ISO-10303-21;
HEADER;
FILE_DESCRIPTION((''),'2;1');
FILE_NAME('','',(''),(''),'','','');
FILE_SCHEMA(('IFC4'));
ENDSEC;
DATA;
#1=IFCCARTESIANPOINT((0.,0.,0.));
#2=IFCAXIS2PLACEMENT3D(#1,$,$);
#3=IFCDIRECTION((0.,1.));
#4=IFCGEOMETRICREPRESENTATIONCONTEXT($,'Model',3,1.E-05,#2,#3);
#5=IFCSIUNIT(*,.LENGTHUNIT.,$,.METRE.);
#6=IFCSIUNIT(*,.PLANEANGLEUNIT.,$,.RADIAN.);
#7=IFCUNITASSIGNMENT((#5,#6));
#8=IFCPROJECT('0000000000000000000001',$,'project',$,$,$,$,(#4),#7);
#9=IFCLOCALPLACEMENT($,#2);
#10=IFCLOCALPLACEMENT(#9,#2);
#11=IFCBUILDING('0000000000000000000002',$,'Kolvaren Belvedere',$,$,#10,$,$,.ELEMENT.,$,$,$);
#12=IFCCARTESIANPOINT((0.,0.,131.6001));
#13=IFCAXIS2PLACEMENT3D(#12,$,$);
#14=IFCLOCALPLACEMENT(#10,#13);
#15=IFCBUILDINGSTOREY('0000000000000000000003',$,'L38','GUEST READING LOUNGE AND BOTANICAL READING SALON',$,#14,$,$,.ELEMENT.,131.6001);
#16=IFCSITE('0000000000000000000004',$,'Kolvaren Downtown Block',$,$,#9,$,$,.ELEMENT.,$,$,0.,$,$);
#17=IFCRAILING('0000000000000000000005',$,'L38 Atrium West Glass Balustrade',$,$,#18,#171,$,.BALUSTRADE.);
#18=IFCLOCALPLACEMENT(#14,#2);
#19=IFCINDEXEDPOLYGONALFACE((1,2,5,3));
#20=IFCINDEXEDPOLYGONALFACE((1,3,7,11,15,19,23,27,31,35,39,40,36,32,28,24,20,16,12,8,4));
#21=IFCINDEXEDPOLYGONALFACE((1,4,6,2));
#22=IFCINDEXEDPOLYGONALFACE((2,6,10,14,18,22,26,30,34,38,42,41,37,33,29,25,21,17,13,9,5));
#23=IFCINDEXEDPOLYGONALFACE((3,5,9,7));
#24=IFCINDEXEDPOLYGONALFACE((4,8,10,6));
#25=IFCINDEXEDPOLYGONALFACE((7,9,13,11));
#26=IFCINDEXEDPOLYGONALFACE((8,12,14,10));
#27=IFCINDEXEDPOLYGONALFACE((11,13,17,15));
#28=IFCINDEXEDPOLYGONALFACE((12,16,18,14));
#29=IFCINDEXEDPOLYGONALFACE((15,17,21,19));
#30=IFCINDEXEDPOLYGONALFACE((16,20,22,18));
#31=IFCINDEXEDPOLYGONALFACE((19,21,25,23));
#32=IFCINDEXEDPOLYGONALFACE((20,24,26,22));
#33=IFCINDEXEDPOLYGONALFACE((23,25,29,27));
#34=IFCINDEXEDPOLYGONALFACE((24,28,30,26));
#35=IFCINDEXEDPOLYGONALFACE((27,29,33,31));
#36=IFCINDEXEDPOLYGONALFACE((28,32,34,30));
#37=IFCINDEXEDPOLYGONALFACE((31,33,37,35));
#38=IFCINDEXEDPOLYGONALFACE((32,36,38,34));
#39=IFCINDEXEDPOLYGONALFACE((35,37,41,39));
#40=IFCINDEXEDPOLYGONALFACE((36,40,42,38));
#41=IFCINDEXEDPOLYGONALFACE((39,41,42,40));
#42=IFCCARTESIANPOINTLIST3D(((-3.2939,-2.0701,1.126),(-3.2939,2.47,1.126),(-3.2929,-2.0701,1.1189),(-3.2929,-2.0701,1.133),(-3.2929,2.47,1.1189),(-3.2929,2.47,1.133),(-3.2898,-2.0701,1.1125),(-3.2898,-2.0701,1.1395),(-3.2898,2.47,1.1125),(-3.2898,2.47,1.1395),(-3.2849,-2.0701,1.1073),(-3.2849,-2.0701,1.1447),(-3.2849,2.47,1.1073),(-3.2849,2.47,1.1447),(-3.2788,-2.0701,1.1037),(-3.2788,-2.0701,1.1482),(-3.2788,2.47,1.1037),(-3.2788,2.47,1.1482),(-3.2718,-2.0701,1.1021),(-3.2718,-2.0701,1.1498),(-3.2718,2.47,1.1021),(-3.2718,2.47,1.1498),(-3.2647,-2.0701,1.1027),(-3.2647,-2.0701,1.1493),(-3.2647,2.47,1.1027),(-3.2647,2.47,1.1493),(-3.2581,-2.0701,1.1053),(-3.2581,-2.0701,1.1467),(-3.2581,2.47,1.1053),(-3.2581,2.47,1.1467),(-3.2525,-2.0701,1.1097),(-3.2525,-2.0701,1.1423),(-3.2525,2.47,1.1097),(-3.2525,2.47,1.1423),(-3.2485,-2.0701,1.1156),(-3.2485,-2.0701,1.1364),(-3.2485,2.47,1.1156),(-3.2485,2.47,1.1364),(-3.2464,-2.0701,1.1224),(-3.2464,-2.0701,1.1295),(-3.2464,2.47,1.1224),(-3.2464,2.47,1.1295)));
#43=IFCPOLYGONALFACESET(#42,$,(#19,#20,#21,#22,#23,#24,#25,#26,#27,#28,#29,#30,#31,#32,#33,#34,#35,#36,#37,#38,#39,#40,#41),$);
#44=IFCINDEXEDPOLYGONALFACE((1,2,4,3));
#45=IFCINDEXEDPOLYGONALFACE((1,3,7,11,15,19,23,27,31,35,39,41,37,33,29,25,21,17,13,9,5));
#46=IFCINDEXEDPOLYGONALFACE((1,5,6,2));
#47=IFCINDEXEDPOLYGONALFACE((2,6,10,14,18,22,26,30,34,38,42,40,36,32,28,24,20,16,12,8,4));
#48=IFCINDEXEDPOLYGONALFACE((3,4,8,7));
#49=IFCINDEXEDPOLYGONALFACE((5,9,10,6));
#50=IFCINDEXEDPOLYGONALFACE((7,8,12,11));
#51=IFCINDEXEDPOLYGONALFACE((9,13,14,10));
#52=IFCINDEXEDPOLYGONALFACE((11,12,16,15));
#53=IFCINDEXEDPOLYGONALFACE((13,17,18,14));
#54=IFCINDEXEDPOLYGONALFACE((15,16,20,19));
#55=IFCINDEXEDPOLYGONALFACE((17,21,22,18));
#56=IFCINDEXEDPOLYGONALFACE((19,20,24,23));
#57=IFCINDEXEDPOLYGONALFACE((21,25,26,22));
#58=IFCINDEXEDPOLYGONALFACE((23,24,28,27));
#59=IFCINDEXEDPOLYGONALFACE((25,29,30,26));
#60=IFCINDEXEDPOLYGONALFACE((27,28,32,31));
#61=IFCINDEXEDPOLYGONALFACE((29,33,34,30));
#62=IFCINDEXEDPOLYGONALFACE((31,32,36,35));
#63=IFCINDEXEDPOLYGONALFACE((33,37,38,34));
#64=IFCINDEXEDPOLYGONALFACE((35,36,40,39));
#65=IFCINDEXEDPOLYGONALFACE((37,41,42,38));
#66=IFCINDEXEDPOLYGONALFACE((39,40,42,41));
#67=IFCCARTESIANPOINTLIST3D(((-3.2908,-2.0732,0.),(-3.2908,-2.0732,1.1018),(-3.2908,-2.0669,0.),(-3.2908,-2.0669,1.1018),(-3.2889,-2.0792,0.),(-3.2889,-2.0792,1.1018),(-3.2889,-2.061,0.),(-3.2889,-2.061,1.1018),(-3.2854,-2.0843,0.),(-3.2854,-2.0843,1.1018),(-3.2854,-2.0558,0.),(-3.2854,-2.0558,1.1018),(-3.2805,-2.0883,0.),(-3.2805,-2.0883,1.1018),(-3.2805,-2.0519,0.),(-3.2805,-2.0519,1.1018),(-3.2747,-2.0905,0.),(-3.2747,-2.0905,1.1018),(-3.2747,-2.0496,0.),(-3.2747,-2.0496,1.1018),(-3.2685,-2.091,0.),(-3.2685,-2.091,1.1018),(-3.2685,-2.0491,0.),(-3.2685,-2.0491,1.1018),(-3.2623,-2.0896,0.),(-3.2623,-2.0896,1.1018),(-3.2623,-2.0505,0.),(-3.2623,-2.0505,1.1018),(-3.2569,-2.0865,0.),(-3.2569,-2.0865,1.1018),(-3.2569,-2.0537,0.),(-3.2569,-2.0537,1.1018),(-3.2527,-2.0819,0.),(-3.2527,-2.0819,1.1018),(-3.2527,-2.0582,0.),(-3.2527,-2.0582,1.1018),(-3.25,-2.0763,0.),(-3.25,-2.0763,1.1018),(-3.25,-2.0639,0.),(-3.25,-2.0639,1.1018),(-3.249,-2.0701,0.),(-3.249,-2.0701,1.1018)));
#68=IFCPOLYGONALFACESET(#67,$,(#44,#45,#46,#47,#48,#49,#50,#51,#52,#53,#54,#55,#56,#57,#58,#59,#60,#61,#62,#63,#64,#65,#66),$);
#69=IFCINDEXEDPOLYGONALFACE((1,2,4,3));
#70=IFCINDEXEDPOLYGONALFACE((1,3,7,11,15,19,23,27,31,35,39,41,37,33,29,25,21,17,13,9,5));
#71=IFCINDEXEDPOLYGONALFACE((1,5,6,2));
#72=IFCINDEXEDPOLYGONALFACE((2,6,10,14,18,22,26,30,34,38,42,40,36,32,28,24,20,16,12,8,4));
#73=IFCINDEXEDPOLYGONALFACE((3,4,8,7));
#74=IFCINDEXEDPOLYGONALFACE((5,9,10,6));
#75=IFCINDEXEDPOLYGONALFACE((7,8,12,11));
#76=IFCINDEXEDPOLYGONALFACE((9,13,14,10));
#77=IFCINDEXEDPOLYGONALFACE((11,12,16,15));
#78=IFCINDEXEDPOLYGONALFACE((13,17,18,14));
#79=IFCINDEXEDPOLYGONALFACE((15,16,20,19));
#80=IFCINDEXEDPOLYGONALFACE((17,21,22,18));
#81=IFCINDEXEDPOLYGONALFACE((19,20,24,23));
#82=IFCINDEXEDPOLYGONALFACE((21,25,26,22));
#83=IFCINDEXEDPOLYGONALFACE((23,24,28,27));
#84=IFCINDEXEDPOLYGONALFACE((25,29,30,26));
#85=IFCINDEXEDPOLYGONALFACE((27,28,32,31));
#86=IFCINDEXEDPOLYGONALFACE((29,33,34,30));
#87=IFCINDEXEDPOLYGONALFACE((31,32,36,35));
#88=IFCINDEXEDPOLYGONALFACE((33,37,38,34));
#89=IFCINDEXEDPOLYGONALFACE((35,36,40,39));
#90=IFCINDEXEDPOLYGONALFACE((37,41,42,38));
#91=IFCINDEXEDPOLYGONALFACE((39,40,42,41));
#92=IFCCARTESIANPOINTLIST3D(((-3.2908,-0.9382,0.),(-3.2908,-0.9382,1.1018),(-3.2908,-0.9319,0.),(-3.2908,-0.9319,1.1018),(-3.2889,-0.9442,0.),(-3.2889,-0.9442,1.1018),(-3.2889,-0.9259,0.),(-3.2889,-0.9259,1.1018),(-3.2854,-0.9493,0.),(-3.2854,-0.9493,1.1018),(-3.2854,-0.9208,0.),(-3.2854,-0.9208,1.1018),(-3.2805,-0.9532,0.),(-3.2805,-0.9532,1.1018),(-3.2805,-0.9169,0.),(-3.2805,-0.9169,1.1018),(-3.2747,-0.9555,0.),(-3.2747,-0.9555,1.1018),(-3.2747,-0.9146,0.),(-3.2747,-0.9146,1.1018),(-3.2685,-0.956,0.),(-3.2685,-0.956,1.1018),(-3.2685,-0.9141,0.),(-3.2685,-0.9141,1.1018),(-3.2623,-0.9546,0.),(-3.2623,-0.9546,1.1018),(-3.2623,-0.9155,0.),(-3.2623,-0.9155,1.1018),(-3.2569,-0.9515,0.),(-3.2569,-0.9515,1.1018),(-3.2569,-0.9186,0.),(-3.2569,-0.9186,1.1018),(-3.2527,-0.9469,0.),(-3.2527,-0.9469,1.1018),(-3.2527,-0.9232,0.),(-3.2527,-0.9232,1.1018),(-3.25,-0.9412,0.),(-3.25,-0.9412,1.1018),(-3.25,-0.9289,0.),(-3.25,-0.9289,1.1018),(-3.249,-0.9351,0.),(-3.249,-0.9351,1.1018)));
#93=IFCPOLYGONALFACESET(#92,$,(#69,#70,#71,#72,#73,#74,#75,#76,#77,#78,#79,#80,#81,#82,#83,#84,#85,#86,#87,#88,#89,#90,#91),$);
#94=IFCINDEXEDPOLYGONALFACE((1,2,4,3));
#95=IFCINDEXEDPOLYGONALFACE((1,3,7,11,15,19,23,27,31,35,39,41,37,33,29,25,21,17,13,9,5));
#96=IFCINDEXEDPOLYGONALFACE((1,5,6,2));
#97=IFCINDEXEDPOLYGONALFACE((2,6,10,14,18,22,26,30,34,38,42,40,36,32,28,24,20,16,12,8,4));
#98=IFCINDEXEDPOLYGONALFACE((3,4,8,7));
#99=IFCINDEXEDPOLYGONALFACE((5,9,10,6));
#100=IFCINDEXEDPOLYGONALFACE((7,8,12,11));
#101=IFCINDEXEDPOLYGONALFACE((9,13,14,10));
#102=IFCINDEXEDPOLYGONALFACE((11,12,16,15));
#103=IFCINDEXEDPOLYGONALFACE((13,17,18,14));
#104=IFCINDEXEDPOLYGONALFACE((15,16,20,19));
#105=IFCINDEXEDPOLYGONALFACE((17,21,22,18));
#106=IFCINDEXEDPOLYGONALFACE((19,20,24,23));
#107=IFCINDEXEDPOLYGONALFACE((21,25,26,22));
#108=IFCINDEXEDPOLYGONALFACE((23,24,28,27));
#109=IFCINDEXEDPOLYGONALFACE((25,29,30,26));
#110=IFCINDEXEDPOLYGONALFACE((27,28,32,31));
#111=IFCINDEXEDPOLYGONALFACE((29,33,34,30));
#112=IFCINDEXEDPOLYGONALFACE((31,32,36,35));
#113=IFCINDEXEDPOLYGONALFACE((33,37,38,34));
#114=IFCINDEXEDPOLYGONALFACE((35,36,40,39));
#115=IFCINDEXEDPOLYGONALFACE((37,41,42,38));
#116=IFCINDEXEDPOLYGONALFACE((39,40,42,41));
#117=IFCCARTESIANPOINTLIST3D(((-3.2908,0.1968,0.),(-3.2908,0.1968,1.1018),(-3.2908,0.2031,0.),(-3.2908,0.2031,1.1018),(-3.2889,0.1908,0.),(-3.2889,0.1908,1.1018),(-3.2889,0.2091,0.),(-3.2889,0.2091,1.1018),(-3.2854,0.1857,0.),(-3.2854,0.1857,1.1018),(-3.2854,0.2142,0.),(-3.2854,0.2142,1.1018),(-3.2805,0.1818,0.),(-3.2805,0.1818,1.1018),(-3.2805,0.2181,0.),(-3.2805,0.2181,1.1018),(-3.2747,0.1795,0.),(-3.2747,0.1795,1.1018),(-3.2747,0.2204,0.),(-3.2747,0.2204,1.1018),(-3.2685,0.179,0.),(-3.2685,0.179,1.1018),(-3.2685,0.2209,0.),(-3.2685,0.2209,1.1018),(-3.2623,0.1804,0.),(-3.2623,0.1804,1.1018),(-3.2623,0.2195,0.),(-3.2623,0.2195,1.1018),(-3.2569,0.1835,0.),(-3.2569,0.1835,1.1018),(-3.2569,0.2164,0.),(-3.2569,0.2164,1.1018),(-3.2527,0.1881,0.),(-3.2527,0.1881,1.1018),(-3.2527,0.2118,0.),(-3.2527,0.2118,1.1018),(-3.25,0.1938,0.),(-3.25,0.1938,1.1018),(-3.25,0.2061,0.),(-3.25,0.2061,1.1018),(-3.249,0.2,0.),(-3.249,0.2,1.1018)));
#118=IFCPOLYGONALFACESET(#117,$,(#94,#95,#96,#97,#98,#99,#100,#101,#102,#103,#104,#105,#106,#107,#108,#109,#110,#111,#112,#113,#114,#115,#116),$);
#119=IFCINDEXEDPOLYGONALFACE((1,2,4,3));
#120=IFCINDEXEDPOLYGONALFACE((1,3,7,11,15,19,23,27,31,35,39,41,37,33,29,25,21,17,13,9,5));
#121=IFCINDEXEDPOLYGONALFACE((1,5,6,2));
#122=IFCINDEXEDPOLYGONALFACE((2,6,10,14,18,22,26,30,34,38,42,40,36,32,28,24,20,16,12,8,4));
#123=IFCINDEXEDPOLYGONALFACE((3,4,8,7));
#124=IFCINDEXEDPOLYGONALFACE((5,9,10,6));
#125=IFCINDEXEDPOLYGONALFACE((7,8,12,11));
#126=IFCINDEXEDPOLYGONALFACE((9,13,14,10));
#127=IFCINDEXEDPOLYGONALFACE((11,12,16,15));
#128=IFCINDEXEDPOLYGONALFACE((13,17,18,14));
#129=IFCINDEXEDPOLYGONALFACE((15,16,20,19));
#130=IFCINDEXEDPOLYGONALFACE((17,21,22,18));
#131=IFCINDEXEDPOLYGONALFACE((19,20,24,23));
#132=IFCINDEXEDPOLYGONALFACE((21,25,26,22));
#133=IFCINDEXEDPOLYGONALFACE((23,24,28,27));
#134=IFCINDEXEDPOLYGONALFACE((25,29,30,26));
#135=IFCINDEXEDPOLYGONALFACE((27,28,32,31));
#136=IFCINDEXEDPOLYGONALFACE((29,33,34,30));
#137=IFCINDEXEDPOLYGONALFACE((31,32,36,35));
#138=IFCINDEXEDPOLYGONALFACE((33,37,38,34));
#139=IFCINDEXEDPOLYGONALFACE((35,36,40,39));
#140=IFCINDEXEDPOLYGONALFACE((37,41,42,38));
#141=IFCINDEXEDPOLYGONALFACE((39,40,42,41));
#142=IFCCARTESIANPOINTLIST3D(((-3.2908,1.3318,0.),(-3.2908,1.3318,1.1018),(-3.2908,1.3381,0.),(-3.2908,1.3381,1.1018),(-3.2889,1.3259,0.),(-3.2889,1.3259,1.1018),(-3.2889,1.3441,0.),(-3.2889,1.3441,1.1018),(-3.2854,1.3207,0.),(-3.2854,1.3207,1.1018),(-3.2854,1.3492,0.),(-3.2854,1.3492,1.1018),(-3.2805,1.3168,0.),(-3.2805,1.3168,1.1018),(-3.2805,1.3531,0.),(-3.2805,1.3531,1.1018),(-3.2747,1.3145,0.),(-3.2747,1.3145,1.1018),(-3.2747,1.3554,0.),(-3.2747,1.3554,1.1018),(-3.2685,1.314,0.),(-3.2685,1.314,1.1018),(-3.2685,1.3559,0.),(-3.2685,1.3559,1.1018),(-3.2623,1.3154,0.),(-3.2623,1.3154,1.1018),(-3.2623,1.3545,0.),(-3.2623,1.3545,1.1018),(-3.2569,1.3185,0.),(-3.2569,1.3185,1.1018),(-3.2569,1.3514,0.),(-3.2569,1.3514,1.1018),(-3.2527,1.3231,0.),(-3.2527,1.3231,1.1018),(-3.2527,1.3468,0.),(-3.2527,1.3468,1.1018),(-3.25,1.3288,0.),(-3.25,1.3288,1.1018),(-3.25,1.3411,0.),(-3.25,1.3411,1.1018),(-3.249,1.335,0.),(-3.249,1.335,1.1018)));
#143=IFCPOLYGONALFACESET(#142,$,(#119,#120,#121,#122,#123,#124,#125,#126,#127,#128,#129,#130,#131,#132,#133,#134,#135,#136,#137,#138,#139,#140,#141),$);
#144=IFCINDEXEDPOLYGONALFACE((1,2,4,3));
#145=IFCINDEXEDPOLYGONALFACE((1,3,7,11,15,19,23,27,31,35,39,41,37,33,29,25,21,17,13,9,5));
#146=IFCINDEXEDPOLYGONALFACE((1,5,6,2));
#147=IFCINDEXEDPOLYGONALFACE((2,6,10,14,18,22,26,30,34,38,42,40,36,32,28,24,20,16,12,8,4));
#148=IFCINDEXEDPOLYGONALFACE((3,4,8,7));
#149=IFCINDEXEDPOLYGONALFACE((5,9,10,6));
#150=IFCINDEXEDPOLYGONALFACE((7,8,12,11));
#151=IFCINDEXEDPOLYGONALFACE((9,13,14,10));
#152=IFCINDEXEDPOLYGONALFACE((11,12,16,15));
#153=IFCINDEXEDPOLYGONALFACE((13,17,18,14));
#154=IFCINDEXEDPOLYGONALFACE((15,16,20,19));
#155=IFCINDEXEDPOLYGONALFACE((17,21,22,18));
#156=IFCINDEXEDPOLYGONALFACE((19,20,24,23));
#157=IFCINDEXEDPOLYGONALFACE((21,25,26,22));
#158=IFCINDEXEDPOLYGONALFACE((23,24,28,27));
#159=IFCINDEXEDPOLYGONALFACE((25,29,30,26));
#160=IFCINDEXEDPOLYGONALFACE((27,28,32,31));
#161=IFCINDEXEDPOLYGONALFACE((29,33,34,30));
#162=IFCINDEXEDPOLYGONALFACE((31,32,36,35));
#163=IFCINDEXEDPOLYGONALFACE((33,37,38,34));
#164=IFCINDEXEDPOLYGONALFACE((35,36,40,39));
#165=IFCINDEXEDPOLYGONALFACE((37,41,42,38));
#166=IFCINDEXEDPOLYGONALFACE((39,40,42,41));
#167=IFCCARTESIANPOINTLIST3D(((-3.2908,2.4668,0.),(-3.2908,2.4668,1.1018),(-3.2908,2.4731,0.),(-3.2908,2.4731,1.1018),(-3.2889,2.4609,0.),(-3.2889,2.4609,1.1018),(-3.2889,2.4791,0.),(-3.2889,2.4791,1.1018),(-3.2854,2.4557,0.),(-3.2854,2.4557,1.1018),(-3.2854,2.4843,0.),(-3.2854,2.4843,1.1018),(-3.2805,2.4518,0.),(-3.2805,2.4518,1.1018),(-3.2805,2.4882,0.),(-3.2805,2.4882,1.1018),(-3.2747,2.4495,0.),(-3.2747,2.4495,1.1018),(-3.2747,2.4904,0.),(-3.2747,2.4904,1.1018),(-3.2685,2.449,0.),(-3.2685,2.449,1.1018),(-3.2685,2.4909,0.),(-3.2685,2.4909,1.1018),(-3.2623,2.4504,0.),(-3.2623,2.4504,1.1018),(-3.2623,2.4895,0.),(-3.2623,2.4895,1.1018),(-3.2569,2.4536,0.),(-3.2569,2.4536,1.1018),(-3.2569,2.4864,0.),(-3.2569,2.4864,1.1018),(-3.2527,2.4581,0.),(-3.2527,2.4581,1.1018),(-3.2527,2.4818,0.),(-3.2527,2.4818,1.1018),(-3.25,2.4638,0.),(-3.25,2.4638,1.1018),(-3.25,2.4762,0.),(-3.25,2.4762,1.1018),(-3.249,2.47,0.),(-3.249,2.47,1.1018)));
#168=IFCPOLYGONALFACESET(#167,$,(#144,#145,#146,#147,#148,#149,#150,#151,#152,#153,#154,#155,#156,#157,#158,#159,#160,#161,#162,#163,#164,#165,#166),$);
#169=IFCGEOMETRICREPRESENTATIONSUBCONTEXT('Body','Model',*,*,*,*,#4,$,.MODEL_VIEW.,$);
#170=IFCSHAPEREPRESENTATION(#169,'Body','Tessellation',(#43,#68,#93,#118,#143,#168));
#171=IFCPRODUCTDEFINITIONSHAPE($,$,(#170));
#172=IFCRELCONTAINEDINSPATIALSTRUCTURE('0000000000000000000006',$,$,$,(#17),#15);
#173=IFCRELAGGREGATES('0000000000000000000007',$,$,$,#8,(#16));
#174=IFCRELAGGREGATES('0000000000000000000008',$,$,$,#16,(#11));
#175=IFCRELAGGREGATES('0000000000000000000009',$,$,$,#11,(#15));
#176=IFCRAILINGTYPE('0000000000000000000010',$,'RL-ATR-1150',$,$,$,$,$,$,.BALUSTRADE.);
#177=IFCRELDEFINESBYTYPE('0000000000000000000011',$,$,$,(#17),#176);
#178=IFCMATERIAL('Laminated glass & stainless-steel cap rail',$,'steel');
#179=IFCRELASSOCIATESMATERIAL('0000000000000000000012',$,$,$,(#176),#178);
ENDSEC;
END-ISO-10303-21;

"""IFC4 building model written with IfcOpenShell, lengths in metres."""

from ifc_helpers import new_model, si_unit, direction, frame, origin, origin_2d, place, context, subcontext, project, spatial, circle, extrude, material, type_object, element, save


model = new_model("IFC4")

# Units and contexts
model_context = context("Model", 3, precision=1e-05, world=origin(), true_north=direction((0.0, 1.0)))
body_context = subcontext(model_context, "Body", "Model", "MODEL_VIEW")
ifc_project = project(units=[si_unit("LENGTHUNIT", "METRE"), si_unit("PLANEANGLEUNIT", "RADIAN")], contexts=[model_context])

# Site, building, storey
site_placement = place(None, origin())
site = spatial("IfcSite", under=ifc_project, at=site_placement, Name="Kolvaren Downtown Block", CompositionType="ELEMENT", RefElevation=0.0)
building_placement = place(site_placement, origin())
building = spatial("IfcBuilding", under=site, at=building_placement, Name="Kolvaren Belvedere", CompositionType="ELEMENT")
storey_placement = place(building_placement, frame((0.0, 0.0, 131.6001)))
storey = spatial("IfcBuildingStorey", under=building, at=storey_placement, Name="L38", Description="GUEST READING LOUNGE AND BOTANICAL READING SALON", CompositionType="ELEMENT", Elevation=131.6001)

# Railing
ifc_material_1 = material(Name="Laminated glass & stainless-steel cap rail", Category="steel")
railing_type_1 = type_object("IfcRailingType", Name="RL-ATR-1150", PredefinedType="BALUSTRADE", material=ifc_material_1)
railing_1_placement = place(storey_placement, frame((-3.27, -2.0701, 0.0)))
element("IfcRailing", 1, at=railing_1_placement, inside=storey, type_object=railing_type_1, Name="L38 Atrium West Glass Balustrade", PredefinedType="BALUSTRADE", context=body_context, shape_type="SweptSolid", body=[
    extrude(circle(Radius=0.0239, at=origin_2d()), frame((0.0, 0.0, 1.126), z_axis=(0.0, 1.0, 0.0), x_axis=(-1.0, 0.0, 0.0)), (0.0, 0.0, 1.0), 4.54),
    extrude(circle(Radius=0.021, at=origin_2d()), origin(), (0.0, 0.0, 1.0), 1.1018),
    extrude(circle(Radius=0.021, at=origin_2d()), frame((0.0, 1.135, 0.0)), (0.0, 0.0, 1.0), 1.1018),
    extrude(circle(Radius=0.021, at=origin_2d()), frame((0.0, 2.27, 0.0)), (0.0, 0.0, 1.0), 1.1018),
    extrude(circle(Radius=0.021, at=origin_2d()), frame((0.0, 3.405, 0.0)), (0.0, 0.0, 1.0), 1.1018),
    extrude(circle(Radius=0.021, at=origin_2d()), frame((0.0, 4.54, 0.0)), (0.0, 0.0, 1.0), 1.1018),
])

save(model, "model.ifc")
